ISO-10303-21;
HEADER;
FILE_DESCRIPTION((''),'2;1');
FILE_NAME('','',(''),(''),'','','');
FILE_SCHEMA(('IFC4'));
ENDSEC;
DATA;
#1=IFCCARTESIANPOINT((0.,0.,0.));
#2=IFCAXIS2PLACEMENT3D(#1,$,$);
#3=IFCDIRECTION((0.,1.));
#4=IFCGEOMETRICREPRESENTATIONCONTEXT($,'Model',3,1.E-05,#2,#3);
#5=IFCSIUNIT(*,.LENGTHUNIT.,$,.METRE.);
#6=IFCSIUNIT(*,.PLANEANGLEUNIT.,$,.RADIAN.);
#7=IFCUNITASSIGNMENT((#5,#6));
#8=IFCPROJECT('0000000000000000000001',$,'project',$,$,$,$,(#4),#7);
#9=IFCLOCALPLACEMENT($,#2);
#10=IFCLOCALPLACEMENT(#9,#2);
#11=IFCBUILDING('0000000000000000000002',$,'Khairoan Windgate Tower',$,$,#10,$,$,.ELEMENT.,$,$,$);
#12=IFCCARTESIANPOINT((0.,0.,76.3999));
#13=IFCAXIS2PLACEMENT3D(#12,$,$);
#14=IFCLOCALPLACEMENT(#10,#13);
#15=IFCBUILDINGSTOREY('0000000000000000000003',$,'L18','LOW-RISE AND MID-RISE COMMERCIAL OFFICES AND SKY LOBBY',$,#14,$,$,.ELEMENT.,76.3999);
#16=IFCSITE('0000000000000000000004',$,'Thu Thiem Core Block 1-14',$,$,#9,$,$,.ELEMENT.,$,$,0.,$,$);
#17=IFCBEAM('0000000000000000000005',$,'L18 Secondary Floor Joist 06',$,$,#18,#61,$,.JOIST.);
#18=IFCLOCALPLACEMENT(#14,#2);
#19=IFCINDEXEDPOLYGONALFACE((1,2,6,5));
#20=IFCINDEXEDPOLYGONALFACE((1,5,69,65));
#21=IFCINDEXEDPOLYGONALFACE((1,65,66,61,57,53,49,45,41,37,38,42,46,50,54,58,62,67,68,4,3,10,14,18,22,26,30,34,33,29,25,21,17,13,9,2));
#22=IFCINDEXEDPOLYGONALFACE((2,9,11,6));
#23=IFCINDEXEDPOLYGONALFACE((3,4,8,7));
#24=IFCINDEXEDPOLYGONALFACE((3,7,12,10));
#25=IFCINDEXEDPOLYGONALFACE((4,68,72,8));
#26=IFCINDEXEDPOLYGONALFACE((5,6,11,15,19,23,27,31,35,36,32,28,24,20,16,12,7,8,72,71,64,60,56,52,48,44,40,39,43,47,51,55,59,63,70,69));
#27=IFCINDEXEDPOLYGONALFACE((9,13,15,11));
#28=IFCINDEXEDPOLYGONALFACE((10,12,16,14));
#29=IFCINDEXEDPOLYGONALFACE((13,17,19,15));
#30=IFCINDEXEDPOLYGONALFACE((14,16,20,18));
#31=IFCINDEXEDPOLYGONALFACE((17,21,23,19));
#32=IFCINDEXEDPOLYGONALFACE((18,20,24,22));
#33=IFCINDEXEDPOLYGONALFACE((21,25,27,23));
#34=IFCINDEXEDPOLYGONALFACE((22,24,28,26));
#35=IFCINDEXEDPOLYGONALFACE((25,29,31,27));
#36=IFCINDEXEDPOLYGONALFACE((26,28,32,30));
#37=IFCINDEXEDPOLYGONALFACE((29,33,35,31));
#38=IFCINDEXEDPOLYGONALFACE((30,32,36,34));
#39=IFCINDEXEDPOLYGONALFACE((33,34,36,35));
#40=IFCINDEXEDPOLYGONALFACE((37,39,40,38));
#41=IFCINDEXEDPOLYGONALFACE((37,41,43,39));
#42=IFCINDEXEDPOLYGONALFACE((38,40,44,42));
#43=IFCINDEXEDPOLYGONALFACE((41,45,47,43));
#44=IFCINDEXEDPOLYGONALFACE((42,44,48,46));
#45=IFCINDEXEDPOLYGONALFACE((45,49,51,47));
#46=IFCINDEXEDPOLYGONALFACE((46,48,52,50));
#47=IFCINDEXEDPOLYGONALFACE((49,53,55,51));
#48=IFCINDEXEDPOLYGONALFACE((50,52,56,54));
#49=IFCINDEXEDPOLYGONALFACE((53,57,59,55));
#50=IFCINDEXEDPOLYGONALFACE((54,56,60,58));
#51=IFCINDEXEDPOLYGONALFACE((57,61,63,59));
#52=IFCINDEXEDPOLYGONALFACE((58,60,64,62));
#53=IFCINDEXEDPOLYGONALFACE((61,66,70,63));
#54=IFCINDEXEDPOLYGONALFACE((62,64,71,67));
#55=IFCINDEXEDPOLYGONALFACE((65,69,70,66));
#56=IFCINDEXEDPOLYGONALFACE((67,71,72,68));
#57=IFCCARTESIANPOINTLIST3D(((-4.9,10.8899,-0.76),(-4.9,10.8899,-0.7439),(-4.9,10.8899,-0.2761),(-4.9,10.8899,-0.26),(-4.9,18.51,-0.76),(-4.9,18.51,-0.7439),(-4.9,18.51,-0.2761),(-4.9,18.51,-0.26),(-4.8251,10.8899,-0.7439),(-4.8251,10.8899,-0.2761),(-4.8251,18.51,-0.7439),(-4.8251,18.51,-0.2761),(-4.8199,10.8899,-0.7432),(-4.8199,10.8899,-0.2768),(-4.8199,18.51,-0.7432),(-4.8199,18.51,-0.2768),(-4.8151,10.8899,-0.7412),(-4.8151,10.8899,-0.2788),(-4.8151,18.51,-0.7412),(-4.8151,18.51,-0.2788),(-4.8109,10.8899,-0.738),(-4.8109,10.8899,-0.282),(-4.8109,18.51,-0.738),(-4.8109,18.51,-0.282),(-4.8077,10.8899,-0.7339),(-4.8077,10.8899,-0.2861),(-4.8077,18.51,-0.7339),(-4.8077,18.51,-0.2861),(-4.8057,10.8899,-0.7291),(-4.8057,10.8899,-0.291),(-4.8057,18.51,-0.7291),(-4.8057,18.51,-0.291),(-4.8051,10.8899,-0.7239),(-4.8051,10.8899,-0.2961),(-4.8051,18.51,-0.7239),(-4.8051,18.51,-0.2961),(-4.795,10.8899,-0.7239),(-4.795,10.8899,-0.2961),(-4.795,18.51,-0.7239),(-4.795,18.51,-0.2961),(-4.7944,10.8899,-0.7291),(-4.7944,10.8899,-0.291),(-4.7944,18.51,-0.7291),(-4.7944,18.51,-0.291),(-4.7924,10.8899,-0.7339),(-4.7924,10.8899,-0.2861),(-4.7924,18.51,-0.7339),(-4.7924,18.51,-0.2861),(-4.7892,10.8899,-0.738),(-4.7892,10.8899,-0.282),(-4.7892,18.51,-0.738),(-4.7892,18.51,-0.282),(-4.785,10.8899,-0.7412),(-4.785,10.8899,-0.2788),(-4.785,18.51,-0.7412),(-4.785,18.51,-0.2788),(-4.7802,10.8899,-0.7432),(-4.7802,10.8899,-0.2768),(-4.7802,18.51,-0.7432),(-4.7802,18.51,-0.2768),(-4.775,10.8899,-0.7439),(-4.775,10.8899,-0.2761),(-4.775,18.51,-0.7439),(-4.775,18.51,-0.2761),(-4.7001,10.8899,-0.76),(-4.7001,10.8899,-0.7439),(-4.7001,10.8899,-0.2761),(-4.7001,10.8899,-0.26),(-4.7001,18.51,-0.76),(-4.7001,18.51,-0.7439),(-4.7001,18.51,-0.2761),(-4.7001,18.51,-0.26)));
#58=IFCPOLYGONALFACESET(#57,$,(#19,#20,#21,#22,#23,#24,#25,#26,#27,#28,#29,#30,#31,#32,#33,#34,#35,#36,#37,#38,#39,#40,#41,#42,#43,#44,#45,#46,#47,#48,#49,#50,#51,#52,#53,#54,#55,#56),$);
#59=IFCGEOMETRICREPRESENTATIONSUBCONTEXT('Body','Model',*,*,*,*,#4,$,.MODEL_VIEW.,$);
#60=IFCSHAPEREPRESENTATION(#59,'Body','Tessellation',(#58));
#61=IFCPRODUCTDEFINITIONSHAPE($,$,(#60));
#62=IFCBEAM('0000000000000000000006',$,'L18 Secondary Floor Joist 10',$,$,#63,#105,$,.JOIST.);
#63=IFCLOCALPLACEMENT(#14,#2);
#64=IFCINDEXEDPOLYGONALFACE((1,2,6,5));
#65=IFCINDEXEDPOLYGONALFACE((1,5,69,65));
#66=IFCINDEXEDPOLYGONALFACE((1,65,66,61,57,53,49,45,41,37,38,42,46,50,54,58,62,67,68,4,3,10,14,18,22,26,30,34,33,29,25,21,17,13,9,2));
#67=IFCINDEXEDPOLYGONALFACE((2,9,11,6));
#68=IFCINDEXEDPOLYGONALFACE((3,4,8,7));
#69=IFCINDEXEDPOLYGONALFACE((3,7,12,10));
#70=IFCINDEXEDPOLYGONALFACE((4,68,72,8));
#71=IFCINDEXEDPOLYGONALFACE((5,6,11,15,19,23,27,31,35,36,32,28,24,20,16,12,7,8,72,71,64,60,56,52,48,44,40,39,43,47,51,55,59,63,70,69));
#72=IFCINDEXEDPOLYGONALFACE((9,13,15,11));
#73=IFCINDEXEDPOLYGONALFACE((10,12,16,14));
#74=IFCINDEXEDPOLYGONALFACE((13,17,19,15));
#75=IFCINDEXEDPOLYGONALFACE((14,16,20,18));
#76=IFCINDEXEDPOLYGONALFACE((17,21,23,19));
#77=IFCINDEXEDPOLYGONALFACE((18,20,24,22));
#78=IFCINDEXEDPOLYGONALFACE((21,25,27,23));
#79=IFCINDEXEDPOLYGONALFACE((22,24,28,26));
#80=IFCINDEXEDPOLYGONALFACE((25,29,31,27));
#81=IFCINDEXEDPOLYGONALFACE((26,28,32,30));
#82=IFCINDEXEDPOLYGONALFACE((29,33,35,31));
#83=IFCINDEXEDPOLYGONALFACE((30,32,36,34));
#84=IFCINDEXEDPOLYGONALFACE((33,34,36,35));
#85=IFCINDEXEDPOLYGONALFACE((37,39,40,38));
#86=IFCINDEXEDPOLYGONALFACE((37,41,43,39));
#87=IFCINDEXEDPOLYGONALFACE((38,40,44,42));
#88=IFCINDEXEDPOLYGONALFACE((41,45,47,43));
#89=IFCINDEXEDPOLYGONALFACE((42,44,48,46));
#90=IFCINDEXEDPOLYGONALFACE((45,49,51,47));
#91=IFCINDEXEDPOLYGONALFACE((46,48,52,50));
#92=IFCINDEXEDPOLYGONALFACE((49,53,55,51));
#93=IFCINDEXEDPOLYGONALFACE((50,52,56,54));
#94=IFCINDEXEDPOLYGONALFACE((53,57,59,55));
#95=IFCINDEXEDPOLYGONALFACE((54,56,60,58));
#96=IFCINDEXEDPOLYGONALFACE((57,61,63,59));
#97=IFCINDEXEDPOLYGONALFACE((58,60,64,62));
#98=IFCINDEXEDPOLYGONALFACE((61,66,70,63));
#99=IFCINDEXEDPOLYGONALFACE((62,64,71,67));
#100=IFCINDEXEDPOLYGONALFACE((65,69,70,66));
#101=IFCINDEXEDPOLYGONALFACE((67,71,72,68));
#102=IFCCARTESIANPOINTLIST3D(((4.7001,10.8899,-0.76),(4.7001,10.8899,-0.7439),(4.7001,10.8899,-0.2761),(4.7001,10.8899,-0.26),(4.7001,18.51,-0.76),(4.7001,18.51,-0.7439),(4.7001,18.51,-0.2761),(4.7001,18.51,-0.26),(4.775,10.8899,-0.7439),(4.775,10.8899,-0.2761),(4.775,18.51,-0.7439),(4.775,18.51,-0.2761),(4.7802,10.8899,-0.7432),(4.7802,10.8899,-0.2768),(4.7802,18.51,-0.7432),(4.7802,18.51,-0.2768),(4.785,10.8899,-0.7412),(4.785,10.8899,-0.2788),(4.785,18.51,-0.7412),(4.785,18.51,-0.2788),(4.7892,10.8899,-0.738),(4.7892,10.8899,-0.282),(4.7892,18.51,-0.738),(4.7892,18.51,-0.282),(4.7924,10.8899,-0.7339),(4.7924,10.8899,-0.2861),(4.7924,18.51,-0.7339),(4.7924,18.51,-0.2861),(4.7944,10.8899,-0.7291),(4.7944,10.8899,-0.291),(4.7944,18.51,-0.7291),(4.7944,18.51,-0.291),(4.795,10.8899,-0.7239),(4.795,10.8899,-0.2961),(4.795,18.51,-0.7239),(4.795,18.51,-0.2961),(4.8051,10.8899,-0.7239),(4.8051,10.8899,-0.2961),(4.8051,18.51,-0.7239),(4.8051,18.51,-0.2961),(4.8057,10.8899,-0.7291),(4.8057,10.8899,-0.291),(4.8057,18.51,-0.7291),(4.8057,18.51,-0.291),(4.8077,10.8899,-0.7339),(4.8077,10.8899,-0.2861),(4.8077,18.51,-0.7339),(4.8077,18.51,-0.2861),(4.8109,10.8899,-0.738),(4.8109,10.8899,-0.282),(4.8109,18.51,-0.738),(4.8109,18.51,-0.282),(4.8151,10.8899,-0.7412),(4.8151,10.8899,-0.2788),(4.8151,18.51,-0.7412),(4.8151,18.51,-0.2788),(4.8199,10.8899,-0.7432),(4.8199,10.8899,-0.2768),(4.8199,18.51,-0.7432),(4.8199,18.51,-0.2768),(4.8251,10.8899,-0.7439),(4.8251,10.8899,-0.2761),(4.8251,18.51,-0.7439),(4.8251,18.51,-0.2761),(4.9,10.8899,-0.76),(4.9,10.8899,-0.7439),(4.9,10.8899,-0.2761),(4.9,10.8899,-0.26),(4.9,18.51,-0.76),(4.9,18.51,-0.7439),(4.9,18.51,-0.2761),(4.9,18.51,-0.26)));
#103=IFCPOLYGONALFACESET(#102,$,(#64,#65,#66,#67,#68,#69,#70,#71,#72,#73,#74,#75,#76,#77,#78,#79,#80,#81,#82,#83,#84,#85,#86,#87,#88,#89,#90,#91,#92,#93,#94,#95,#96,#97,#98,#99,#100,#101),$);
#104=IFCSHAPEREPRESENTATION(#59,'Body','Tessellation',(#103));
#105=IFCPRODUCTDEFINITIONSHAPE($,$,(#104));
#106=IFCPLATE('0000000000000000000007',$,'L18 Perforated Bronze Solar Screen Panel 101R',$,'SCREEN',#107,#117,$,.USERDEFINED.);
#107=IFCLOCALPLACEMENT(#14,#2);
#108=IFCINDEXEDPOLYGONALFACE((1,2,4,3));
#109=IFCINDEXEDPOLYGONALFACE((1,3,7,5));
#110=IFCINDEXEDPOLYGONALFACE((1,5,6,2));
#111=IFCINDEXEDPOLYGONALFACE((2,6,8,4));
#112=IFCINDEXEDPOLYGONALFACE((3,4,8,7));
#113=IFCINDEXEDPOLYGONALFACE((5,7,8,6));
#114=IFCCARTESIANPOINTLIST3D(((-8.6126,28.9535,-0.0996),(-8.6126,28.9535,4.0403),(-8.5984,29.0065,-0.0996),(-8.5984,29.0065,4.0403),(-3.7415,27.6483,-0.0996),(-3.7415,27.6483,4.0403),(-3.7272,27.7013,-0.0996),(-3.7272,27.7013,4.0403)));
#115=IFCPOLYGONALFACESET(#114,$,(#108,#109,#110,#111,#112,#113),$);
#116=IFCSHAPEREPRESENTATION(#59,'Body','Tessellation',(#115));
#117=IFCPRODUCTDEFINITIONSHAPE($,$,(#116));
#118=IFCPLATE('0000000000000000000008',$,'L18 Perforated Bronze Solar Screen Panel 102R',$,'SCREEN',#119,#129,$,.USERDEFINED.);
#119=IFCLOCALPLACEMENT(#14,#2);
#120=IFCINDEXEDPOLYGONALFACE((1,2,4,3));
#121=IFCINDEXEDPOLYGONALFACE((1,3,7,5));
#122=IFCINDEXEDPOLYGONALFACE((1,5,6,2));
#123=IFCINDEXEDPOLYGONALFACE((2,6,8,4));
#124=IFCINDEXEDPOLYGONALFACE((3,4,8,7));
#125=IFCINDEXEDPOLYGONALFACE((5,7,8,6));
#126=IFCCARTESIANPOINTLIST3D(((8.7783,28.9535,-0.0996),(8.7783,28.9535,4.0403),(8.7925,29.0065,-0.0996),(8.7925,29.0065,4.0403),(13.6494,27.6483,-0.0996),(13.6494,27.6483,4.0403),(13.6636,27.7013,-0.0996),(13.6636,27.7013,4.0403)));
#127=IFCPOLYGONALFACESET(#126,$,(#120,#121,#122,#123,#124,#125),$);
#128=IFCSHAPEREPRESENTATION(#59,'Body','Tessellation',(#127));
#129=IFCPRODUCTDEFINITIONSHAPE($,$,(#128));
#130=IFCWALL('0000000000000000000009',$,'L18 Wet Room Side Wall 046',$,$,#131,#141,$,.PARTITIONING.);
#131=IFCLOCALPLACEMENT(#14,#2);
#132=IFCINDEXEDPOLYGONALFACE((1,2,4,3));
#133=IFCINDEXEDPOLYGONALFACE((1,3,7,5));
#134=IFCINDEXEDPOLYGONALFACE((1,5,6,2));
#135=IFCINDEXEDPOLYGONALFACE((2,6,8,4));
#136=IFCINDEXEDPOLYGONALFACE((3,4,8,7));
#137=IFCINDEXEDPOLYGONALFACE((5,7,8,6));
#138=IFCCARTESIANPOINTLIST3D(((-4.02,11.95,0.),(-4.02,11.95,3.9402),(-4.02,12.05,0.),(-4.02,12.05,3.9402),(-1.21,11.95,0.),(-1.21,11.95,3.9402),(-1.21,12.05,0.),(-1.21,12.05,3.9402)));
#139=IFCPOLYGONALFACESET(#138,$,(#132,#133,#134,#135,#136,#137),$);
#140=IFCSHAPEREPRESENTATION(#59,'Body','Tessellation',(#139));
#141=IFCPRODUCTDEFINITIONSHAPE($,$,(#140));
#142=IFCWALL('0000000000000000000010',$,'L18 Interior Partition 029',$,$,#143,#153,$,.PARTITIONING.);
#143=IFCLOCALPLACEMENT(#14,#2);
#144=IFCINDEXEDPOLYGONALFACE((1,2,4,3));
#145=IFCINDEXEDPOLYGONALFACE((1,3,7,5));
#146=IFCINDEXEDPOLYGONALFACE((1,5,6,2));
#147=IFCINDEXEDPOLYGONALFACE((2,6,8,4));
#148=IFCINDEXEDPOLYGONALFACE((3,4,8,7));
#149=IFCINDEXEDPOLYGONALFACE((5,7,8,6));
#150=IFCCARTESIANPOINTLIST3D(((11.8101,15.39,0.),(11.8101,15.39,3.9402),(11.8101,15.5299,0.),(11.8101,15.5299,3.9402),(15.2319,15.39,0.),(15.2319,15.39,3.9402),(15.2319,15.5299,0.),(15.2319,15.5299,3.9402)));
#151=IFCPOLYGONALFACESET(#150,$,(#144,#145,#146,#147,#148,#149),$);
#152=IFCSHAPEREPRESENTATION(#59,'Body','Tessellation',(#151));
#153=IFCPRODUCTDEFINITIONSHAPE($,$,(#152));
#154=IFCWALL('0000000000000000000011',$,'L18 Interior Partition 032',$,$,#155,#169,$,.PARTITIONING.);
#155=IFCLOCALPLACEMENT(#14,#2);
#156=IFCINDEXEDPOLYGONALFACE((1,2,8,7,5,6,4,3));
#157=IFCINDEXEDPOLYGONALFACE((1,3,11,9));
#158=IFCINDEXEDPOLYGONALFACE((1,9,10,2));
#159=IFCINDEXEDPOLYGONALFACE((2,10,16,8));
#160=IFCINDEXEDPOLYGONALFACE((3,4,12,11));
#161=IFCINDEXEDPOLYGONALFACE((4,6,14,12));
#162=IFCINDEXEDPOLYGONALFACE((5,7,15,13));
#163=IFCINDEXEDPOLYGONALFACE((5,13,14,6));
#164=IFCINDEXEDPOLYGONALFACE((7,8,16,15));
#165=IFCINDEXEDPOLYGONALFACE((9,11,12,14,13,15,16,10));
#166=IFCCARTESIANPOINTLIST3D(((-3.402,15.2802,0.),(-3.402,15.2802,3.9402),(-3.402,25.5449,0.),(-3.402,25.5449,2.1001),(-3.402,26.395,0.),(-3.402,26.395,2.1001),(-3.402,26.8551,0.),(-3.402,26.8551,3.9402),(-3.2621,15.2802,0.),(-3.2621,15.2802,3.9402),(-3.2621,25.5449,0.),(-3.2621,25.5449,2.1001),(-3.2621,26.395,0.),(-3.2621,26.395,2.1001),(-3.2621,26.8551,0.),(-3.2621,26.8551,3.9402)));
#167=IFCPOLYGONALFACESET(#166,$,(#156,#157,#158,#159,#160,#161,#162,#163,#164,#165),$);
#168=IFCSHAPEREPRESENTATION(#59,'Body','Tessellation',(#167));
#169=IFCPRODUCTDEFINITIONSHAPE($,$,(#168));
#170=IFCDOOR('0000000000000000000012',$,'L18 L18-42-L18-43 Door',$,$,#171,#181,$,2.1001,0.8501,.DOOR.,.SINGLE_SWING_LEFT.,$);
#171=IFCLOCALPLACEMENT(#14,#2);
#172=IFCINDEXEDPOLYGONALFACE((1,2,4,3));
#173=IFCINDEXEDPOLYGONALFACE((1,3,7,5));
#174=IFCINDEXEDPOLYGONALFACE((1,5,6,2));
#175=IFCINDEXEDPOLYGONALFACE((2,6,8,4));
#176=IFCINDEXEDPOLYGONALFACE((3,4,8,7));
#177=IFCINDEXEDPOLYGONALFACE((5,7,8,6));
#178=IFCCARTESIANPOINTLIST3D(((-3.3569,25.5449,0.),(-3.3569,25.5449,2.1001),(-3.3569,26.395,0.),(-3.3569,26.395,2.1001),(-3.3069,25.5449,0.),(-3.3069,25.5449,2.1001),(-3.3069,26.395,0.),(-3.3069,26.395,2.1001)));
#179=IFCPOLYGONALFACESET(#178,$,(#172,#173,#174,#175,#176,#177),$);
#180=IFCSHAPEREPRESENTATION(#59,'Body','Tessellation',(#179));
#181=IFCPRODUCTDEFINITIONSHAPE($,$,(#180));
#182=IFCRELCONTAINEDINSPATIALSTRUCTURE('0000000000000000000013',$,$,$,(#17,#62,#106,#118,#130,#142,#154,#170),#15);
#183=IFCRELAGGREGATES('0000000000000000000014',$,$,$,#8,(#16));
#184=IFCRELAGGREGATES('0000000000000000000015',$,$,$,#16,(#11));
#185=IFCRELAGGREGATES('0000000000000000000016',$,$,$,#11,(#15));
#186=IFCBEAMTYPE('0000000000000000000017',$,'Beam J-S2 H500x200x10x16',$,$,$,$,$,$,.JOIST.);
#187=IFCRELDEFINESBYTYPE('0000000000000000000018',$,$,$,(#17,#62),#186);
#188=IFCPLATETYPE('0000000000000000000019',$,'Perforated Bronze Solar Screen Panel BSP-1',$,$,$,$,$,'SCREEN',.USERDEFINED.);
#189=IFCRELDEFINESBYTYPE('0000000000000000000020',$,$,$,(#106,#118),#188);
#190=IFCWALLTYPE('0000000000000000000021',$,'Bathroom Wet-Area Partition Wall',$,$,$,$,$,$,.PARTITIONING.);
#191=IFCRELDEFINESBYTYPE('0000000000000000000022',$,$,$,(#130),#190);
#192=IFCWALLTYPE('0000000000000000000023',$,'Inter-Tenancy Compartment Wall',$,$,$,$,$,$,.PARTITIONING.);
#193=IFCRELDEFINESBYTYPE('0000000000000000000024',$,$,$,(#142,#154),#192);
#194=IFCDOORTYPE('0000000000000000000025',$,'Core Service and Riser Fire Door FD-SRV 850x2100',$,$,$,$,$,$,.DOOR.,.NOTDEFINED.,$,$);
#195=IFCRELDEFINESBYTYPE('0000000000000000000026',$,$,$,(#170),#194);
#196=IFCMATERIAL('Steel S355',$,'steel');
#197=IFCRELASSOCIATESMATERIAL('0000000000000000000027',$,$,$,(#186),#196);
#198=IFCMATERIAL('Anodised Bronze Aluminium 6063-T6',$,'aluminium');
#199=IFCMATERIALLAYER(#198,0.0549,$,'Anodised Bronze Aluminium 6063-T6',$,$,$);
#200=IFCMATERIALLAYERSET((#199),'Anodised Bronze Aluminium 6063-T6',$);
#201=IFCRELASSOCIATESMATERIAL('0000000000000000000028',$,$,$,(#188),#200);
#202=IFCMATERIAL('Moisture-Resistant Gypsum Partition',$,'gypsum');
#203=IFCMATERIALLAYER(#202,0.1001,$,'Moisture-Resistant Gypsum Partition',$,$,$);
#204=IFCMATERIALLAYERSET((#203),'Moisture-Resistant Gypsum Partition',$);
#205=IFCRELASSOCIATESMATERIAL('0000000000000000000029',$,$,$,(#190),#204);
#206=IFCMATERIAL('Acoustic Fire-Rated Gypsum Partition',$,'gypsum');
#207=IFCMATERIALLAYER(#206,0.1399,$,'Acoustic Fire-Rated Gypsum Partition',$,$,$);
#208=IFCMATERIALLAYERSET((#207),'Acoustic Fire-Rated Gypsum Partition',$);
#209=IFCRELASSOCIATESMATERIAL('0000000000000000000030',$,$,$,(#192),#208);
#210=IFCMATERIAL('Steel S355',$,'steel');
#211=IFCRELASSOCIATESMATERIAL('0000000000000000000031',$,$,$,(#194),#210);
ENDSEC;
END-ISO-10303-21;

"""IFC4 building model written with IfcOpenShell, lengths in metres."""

from ifc_helpers import new_model, si_unit, direction, frame, frame_2d, origin, origin_2d, place, context, subcontext, project, spatial, rectangle, i_section, extrude, material, layer, layer_set, material_profile, profile_set, type_object, element, fill, save


model = new_model("IFC4")

# Units and contexts
model_context = context("Model", 3, precision=1e-05, world=origin(), true_north=direction((0.0, 1.0)))
body_context = subcontext(model_context, "Body", "Model", "MODEL_VIEW")
ifc_project = project(units=[si_unit("LENGTHUNIT", "METRE"), si_unit("PLANEANGLEUNIT", "RADIAN")], contexts=[model_context])

# Site, building, storey
site_placement = place(None, origin())
site = spatial("IfcSite", under=ifc_project, at=site_placement, Name="Thu Thiem Core Block 1-14", CompositionType="ELEMENT", RefElevation=0.0)
building_placement = place(site_placement, origin())
building = spatial("IfcBuilding", under=site, at=building_placement, Name="Khairoan Windgate Tower", CompositionType="ELEMENT")
storey_placement = place(building_placement, frame((0.0, 0.0, 76.3999)))
storey = spatial("IfcBuildingStorey", under=building, at=storey_placement, Name="L18", Description="LOW-RISE AND MID-RISE COMMERCIAL OFFICES AND SKY LOBBY", CompositionType="ELEMENT", Elevation=76.3999)

# Beams
ifc_material_1 = material(Name="Steel S355", Category="steel")
ifc_material_profile_1 = material_profile(ifc_material_1, i_section(OverallWidth=0.2, OverallDepth=0.5, WebThickness=0.01, FlangeThickness=0.0161, FilletRadius=0.02, at=origin_2d()))
ifc_profile_set_1 = profile_set([ifc_material_profile_1], Name="Steel S355")
beam_type_1 = type_object("IfcBeamType", Name="Beam J-S2 H500x200x10x16", PredefinedType="JOIST", material=ifc_profile_set_1)
for number, where, z_axis, x_axis, name in (
    (1, (-4.8, 10.8899, -0.51), (0.0, 1.0, 0.0), (-1.0, 0.0, 0.0), "L18 Secondary Floor Joist 06"),
    (2, (4.8, 10.8899, -0.51), (0.0, 1.0, 0.0), (-1.0, 0.0, 0.0), "L18 Secondary Floor Joist 10"),
):
    element("IfcBeam", number, at=place(storey_placement, frame(where, z_axis=z_axis, x_axis=x_axis)), inside=storey, type_object=beam_type_1, Name=name, PredefinedType="JOIST", context=body_context, shape_type="SweptSolid", body=[
        extrude(i_section(OverallWidth=0.2, OverallDepth=0.5, WebThickness=0.01, FlangeThickness=0.0161, FilletRadius=0.02, at=origin_2d()), origin(), (0.0, 0.0, 1.0), 7.6201),
    ])

# Plates
ifc_material_2 = material(Name="Anodised Bronze Aluminium 6063-T6", Category="aluminium")
ifc_layer_1 = layer(ifc_material_2, 0.0549, Name="Anodised Bronze Aluminium 6063-T6")
ifc_layer_set_1 = layer_set([ifc_layer_1], Name="Anodised Bronze Aluminium 6063-T6")
plate_type = type_object("IfcPlateType", Name="Perforated Bronze Solar Screen Panel BSP-1", ElementType="SCREEN", PredefinedType="USERDEFINED", material=ifc_layer_set_1)
for number, where, z_axis, x_axis, name in (
    (3, (-6.1699, 28.3274, -0.0996), (0.0, 0.0, 1.0), (0.965926, -0.258819, 0.0), "L18 Perforated Bronze Solar Screen Panel 101R"),
    (4, (11.2209, 28.3274, -0.0996), (0.0, 0.0, 1.0), (0.965926, -0.258819, 0.0), "L18 Perforated Bronze Solar Screen Panel 102R"),
):
    element("IfcPlate", number, at=place(storey_placement, frame(where, z_axis=z_axis, x_axis=x_axis)), inside=storey, type_object=plate_type, Name=name, ObjectType="SCREEN", PredefinedType="USERDEFINED", context=body_context, shape_type="SweptSolid", body=[
        extrude(rectangle(XDim=5.043, YDim=0.0549, at=origin_2d()), origin(), (0.0, 0.0, 1.0), 4.1399),
    ])

# Walls
ifc_material_3 = material(Name="Moisture-Resistant Gypsum Partition", Category="gypsum")
ifc_layer_2 = layer(ifc_material_3, 0.1001, Name="Moisture-Resistant Gypsum Partition")
ifc_layer_set_2 = layer_set([ifc_layer_2], Name="Moisture-Resistant Gypsum Partition")
wall_type_1 = type_object("IfcWallType", Name="Bathroom Wet-Area Partition Wall", PredefinedType="PARTITIONING", material=ifc_layer_set_2)
wall_1_placement = place(storey_placement, frame((-4.02, 12.0, 0.0), z_axis=(0.0, 0.0, 1.0), x_axis=(1.0, 0.0, 0.0)))
element("IfcWall", 5, at=wall_1_placement, inside=storey, type_object=wall_type_1, Name="L18 Wet Room Side Wall 046", PredefinedType="PARTITIONING", context=body_context, shape_type="SweptSolid", body=[
    extrude(rectangle(XDim=2.8101, YDim=0.1001, at=frame_2d((1.405, 0.0))), origin(), (0.0, 0.0, 1.0), 3.9402),
])
ifc_material_4 = material(Name="Acoustic Fire-Rated Gypsum Partition", Category="gypsum")
ifc_layer_3 = layer(ifc_material_4, 0.1399, Name="Acoustic Fire-Rated Gypsum Partition")
ifc_layer_set_3 = layer_set([ifc_layer_3], Name="Acoustic Fire-Rated Gypsum Partition")
wall_type_2 = type_object("IfcWallType", Name="Inter-Tenancy Compartment Wall", PredefinedType="PARTITIONING", material=ifc_layer_set_3)
wall_2_placement = place(storey_placement, frame((11.8101, 15.46, 0.0), z_axis=(0.0, 0.0, 1.0), x_axis=(1.0, 0.0, 0.0)))
element("IfcWall", 6, at=wall_2_placement, inside=storey, type_object=wall_type_2, Name="L18 Interior Partition 029", PredefinedType="PARTITIONING", context=body_context, shape_type="SweptSolid", body=[
    extrude(rectangle(XDim=3.4219, YDim=0.1399, at=frame_2d((1.7109, 0.0))), origin(), (0.0, 0.0, 1.0), 3.9402),
])

# Wall, opening, door
wall_3_placement = place(storey_placement, frame((-3.332, 15.28, 0.0), z_axis=(0.0, 0.0, 1.0), x_axis=(0.0, 1.0, 0.0)))
wall_3 = element("IfcWall", 7, at=wall_3_placement, inside=storey, type_object=wall_type_2, Name="L18 Interior Partition 032", PredefinedType="PARTITIONING", context=body_context, shape_type="SweptSolid", body=[
    extrude(rectangle(XDim=11.575, YDim=0.1399, at=frame_2d((5.7876, 0.0))), origin(), (0.0, 0.0, 1.0), 3.9402),
])
opening_1_placement = place(wall_3_placement, frame((10.2649, 0.0, 0.0)))
opening_1 = element("IfcOpeningElement", 8, at=opening_1_placement, cuts=wall_3, PredefinedType="OPENING", context=body_context, shape_type="SweptSolid", body=[
    extrude(rectangle(XDim=0.8501, YDim=2.1001, at=frame_2d((0.425, 1.05))), frame((0.0, 0.0798, 0.0), z_axis=(0.0, -1.0, 0.0), x_axis=(1.0, 0.0, 0.0)), (0.0, 0.0, 1.0), 0.1599),
])
ifc_material_5 = material(Name="Steel S355", Category="steel")
door_type = type_object("IfcDoorType", Name="Core Service and Riser Fire Door FD-SRV 850x2100", OperationType="NOTDEFINED", PredefinedType="DOOR", material=ifc_material_5)
door_1_placement = place(opening_1_placement, origin())
door_1 = element("IfcDoor", 9, at=door_1_placement, inside=storey, type_object=door_type, Name="L18 L18-42-L18-43 Door", OperationType="SINGLE_SWING_LEFT", OverallHeight=2.1001, OverallWidth=0.8501, PredefinedType="DOOR", context=body_context, shape_type="SweptSolid", body=[
    extrude(rectangle(XDim=0.8501, YDim=2.1001, at=frame_2d((0.425, 1.05))), frame((0.0, 0.0249, 0.0), z_axis=(0.0, -1.0, 0.0), x_axis=(1.0, 0.0, 0.0)), (0.0, 0.0, 1.0), 0.05),
])
fill(opening_1, door_1)

save(model, "model.ifc")
